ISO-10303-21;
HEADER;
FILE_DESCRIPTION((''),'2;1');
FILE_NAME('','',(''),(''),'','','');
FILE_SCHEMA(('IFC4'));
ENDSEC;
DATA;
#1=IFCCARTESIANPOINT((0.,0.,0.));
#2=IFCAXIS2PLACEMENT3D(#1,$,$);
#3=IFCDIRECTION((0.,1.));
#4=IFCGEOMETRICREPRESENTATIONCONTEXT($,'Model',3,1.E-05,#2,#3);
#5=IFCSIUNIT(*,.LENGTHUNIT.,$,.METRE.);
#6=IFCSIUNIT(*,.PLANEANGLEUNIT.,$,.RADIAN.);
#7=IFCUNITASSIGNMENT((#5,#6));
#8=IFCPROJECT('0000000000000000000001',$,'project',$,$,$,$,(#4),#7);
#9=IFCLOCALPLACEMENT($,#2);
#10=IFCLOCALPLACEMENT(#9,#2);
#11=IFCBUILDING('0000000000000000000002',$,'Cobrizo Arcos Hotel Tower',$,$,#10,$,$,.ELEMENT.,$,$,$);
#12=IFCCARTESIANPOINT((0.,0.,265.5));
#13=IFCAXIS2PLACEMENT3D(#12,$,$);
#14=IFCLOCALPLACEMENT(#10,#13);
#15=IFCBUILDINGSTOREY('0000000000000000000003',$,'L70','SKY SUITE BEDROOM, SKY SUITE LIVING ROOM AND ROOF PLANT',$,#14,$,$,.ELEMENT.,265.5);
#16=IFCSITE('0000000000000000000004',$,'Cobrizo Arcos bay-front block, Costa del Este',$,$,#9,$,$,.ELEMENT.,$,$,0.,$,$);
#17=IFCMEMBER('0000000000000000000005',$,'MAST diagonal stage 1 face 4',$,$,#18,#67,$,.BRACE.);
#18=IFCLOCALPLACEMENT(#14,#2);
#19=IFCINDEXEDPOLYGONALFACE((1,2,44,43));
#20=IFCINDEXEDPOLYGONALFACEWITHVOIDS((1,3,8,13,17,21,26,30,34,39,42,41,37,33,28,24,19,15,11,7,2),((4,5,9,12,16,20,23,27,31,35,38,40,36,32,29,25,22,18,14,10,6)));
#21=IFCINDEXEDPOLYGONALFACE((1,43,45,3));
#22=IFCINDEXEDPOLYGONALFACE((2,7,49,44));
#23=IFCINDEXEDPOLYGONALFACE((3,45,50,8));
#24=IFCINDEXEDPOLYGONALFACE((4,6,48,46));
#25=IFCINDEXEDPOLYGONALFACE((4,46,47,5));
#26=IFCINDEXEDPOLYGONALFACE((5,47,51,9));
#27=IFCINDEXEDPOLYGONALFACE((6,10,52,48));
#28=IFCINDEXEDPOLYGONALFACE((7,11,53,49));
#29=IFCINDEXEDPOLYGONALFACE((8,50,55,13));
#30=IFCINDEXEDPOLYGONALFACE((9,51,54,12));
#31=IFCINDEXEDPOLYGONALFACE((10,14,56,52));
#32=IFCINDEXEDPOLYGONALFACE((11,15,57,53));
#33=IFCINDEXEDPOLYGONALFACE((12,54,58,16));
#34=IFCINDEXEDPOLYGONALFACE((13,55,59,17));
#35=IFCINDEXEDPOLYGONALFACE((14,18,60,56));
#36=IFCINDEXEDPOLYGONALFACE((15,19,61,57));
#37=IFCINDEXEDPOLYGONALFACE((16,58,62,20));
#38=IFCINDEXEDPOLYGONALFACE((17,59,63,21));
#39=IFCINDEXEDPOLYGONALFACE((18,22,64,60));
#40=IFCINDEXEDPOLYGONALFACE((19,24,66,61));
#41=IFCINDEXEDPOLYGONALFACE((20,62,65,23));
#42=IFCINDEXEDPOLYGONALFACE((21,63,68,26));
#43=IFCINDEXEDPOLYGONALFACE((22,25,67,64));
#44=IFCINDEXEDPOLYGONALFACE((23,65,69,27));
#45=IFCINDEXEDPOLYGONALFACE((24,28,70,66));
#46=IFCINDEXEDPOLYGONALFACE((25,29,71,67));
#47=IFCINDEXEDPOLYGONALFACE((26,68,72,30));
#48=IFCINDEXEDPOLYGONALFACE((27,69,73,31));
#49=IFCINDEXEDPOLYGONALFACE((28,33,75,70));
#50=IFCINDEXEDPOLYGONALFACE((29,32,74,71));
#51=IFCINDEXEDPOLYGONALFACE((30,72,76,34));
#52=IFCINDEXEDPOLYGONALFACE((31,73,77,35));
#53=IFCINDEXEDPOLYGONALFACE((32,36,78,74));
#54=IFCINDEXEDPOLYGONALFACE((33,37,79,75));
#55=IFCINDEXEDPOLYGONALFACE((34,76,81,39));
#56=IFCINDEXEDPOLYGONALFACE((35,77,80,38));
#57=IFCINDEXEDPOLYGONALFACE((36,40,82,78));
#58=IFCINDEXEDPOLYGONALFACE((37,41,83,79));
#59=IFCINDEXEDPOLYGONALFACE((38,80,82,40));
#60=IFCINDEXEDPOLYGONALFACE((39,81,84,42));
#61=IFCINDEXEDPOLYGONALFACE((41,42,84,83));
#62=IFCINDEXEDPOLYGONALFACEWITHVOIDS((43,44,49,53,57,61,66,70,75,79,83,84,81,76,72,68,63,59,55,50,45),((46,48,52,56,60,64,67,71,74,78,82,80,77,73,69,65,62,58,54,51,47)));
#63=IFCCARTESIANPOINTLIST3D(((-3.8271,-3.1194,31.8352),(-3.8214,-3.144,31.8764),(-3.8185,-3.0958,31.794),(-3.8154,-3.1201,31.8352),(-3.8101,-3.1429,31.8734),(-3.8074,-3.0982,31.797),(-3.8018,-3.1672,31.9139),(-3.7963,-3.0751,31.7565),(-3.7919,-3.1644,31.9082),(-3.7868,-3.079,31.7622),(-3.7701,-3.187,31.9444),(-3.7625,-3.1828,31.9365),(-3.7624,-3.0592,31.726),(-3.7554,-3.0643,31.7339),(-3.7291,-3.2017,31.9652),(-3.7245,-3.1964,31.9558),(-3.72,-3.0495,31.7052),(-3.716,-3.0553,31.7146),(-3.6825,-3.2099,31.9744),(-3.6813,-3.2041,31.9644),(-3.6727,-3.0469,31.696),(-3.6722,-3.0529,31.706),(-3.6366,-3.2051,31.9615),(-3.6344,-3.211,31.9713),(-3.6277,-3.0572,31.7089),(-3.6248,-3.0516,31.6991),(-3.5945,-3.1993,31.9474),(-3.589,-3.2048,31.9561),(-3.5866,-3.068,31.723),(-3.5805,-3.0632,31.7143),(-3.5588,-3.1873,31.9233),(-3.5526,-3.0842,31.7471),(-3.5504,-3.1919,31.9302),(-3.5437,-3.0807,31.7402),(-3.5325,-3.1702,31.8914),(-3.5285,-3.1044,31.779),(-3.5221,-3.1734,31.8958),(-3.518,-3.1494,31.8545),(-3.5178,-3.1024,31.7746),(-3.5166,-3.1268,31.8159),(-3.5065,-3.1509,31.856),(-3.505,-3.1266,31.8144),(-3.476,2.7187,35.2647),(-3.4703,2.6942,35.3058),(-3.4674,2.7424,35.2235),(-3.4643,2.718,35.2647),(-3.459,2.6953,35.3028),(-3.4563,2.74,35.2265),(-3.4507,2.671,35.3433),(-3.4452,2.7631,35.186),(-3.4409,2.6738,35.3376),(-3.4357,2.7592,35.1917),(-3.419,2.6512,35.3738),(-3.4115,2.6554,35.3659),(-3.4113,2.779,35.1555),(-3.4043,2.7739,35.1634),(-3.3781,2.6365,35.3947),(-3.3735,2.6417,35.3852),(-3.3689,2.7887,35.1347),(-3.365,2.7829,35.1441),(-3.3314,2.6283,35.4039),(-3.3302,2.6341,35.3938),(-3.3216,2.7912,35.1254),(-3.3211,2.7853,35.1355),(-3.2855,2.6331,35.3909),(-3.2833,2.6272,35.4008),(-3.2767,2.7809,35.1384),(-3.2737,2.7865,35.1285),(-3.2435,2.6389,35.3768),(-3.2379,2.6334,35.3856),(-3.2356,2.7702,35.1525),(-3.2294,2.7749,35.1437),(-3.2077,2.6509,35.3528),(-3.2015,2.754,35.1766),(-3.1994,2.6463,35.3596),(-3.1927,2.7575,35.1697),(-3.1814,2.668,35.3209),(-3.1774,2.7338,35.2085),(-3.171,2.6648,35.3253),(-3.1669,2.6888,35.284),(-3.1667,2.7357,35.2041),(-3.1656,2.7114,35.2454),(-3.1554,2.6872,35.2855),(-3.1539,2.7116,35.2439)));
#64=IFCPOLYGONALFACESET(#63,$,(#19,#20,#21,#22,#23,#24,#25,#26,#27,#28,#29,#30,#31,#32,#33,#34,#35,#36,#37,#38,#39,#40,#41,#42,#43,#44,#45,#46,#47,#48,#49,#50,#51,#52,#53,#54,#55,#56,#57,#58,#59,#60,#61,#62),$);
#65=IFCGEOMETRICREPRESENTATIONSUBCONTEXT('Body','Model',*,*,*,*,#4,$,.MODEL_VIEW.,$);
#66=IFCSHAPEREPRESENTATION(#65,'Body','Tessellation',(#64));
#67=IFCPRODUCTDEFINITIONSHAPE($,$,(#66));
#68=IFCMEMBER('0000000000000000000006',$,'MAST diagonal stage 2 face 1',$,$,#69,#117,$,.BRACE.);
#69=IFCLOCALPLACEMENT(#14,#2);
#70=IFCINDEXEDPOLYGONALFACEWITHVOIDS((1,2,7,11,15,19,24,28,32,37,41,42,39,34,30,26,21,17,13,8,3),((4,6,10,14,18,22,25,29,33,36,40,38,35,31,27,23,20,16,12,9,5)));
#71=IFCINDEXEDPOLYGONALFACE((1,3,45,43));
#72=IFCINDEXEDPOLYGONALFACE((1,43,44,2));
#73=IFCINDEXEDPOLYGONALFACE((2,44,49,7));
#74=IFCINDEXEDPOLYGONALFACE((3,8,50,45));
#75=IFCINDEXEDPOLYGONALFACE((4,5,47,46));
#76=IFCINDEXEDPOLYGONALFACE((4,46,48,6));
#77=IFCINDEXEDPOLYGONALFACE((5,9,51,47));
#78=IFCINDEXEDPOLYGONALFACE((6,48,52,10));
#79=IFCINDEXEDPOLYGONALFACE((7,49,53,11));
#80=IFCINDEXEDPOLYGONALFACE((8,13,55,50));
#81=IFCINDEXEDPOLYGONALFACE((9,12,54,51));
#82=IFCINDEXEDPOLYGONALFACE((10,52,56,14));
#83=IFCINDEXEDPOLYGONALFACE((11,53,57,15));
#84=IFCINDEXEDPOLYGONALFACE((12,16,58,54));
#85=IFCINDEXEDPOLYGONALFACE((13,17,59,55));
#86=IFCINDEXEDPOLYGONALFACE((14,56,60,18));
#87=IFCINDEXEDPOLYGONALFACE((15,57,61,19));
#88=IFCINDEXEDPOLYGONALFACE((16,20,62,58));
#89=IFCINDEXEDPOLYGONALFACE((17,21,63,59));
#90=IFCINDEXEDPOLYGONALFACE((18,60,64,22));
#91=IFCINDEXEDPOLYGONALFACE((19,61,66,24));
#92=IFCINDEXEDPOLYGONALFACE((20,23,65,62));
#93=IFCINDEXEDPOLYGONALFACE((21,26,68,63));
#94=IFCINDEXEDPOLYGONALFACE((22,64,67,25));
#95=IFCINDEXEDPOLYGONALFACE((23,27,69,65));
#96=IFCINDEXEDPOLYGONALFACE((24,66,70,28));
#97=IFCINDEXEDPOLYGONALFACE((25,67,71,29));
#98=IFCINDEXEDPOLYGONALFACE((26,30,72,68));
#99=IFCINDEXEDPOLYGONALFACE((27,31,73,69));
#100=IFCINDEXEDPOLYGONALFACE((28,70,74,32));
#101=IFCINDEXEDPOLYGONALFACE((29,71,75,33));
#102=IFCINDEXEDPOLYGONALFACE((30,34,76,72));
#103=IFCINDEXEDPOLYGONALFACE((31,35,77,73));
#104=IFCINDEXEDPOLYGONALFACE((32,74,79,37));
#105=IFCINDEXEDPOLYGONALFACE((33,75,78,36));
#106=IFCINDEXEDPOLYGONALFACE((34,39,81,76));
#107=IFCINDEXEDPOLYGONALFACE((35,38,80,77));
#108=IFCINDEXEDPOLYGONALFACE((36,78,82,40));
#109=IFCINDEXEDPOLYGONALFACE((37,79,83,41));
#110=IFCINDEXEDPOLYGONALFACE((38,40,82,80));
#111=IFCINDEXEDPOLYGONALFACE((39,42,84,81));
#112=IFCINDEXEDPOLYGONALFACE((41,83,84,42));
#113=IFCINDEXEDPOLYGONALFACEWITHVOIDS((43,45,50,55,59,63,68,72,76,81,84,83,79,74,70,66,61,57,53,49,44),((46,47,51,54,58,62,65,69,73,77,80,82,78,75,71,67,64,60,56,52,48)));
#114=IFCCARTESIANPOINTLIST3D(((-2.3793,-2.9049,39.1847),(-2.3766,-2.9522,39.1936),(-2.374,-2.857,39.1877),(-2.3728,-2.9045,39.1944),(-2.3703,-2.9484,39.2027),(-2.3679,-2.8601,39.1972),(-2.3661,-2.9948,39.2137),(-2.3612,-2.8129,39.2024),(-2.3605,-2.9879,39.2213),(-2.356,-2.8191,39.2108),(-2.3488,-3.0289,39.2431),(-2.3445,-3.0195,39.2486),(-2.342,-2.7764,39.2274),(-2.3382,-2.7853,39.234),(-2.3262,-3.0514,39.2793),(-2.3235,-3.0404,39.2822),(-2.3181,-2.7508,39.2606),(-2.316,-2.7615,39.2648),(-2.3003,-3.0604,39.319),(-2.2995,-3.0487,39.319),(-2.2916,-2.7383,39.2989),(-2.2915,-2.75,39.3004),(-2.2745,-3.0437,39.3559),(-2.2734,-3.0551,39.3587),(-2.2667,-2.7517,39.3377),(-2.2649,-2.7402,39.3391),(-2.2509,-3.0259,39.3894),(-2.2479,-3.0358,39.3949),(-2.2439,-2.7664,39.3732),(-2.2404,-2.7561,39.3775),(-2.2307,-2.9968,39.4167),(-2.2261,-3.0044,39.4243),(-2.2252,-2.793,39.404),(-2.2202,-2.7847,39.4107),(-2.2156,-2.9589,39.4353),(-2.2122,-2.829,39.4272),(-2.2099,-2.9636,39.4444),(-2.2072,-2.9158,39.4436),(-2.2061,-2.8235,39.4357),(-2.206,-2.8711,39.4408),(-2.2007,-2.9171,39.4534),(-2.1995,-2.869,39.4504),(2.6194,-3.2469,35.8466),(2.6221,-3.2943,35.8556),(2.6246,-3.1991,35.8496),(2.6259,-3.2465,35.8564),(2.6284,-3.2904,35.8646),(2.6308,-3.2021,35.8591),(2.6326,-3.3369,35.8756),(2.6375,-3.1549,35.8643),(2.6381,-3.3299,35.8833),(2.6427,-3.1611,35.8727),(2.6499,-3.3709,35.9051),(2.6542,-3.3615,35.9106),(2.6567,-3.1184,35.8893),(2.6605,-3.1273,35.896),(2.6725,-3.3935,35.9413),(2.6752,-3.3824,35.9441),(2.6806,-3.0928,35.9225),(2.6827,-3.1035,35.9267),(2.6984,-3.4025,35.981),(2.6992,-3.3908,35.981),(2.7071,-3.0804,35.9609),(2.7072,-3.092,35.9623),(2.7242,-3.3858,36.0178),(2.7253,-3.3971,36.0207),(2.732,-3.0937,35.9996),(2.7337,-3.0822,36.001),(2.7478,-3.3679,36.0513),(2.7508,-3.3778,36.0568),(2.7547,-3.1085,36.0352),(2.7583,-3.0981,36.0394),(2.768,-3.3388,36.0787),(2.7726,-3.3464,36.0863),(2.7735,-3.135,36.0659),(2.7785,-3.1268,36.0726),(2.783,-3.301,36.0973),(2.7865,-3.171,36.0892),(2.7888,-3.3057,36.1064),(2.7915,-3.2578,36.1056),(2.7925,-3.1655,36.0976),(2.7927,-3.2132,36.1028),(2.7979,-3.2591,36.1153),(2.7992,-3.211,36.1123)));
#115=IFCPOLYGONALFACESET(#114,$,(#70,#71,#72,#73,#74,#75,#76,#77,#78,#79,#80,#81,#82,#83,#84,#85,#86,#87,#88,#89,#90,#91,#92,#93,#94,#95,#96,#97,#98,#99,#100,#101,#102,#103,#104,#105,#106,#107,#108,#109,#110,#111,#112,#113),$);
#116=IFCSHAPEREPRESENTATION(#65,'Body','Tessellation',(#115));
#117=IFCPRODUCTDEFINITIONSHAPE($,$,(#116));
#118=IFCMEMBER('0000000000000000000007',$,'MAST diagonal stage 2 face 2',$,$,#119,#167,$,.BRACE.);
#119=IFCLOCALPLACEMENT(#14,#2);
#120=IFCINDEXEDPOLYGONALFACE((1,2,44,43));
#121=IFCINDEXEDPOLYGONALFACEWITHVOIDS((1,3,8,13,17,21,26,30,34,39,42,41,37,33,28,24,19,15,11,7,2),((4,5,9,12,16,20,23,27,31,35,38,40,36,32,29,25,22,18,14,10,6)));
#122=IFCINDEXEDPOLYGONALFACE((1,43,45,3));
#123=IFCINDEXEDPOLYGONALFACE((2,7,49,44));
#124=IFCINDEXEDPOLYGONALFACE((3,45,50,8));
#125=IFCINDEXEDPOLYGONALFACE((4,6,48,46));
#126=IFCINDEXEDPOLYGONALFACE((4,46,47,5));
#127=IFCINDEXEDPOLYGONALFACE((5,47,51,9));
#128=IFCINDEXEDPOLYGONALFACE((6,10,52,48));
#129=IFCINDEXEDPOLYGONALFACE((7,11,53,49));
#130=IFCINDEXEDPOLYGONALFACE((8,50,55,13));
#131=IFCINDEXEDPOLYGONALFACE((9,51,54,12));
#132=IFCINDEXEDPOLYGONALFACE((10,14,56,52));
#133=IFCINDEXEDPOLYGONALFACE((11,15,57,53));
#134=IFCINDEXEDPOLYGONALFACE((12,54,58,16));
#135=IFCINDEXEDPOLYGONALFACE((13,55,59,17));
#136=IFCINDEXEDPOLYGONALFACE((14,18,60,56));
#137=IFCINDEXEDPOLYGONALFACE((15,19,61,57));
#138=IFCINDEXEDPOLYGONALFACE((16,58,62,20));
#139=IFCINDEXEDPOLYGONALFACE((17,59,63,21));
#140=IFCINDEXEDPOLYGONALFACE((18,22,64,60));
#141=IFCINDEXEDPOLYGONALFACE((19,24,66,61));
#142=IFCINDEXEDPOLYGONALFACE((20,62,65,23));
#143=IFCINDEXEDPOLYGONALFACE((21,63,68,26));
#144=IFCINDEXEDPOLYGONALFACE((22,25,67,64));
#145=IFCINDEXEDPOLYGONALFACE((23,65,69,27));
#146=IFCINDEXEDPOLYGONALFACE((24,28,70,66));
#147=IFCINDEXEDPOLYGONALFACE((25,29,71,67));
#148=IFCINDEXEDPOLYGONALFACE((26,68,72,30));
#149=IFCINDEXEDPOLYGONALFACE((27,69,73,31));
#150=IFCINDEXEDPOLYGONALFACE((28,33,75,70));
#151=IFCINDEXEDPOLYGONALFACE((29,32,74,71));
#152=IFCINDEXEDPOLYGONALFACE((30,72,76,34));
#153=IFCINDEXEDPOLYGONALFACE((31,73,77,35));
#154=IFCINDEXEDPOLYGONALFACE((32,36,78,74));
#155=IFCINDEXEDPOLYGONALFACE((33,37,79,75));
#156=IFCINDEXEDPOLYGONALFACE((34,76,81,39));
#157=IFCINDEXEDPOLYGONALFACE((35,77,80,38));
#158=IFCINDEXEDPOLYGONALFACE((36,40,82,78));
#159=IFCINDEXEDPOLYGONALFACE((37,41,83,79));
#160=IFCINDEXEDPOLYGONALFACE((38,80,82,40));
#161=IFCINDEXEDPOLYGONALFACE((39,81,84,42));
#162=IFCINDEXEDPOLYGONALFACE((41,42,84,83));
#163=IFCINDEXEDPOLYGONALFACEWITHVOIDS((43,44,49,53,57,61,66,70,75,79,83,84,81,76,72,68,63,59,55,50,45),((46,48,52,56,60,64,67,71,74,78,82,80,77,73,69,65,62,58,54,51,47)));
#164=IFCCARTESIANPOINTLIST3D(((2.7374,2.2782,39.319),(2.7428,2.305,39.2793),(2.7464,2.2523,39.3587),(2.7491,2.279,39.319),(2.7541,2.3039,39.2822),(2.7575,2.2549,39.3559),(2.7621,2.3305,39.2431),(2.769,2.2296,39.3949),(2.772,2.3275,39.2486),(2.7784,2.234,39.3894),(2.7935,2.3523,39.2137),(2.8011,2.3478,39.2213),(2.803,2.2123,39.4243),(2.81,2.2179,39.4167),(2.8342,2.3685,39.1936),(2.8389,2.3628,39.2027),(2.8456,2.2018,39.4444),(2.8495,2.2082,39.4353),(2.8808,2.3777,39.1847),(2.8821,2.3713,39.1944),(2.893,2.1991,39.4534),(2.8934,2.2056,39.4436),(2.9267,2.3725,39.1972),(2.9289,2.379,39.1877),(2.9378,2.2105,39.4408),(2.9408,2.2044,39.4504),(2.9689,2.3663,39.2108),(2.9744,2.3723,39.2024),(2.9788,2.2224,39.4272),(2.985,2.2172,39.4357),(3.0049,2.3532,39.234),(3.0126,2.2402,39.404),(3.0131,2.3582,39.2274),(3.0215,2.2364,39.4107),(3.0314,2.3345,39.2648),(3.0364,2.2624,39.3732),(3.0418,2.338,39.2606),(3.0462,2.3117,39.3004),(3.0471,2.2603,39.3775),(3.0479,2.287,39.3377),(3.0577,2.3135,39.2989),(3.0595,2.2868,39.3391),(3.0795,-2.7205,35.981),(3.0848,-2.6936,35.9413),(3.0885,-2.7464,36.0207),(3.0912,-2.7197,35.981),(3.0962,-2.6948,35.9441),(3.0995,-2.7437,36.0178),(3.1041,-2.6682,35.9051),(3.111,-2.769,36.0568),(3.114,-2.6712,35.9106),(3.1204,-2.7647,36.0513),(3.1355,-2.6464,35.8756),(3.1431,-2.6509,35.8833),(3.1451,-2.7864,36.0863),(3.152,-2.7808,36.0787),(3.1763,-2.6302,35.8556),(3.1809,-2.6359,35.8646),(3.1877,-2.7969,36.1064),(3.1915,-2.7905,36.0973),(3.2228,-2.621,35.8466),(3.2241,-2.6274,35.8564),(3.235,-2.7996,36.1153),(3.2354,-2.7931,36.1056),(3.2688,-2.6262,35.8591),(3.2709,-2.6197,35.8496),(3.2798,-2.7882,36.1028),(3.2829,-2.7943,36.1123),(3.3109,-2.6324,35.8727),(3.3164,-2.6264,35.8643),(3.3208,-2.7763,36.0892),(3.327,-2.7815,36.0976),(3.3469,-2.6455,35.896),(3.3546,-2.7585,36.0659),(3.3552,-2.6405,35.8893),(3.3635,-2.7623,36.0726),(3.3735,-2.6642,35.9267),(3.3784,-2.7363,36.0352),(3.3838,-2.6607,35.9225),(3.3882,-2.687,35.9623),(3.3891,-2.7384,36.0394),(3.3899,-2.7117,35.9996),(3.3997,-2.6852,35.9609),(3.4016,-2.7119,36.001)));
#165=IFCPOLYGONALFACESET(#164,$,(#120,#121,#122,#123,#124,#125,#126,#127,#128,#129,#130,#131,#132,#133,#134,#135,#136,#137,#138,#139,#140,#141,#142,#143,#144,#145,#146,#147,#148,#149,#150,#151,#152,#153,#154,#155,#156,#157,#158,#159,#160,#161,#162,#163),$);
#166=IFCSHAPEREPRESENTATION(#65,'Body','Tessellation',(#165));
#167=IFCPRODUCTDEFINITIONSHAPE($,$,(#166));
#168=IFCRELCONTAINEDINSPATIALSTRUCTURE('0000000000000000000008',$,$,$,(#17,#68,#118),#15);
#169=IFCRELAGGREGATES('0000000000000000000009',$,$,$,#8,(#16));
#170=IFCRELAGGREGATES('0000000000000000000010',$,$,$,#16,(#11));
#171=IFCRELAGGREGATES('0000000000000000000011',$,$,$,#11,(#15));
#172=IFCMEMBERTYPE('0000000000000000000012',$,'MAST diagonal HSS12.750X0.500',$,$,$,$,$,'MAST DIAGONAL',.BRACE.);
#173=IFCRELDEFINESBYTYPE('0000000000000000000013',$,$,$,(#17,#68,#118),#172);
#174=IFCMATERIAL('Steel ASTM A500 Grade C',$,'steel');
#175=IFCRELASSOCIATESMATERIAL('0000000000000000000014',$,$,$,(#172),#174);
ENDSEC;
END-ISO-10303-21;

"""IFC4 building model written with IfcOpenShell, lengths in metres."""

from ifc_helpers import new_model, si_unit, direction, frame, origin, origin_2d, place, context, subcontext, project, spatial, hollow_circle, extrude, material, material_profile, profile_set, type_object, element, save


model = new_model("IFC4")

# Units and contexts
model_context = context("Model", 3, precision=1e-05, world=origin(), true_north=direction((0.0, 1.0)))
body_context = subcontext(model_context, "Body", "Model", "MODEL_VIEW")
ifc_project = project(units=[si_unit("LENGTHUNIT", "METRE"), si_unit("PLANEANGLEUNIT", "RADIAN")], contexts=[model_context])

# Site, building, storey
site_placement = place(None, origin())
site = spatial("IfcSite", under=ifc_project, at=site_placement, Name="Cobrizo Arcos bay-front block, Costa del Este", CompositionType="ELEMENT", RefElevation=0.0)
building_placement = place(site_placement, origin())
building = spatial("IfcBuilding", under=site, at=building_placement, Name="Cobrizo Arcos Hotel Tower", CompositionType="ELEMENT")
storey_placement = place(building_placement, frame((0.0, 0.0, 265.5)))
storey = spatial("IfcBuildingStorey", under=building, at=storey_placement, Name="L70", Description="SKY SUITE BEDROOM, SKY SUITE LIVING ROOM AND ROOF PLANT", CompositionType="ELEMENT", Elevation=265.5)

# Members
ifc_material_1 = material(Name="Steel ASTM A500 Grade C", Category="steel")
ifc_material_profile_1 = material_profile(ifc_material_1, hollow_circle(Radius=0.1619, WallThickness=0.0117, at=origin_2d()), Name="HSS12.750X0.500")
ifc_profile_set_1 = profile_set([ifc_material_profile_1], Name="Steel ASTM A500 Grade C")
member_type_1 = type_object("IfcMemberType", Name="MAST diagonal HSS12.750X0.500", ElementType="MAST DIAGONAL", PredefinedType="BRACE", material=ifc_profile_set_1)
for number, where, z_axis, x_axis, name in (
    (1, (-3.6655, -3.1292, 31.8352), (0.051781, 0.861084, 0.505819), (-0.998197, 0.060026, 0.0), "MAST diagonal stage 1 face 4"),
):
    element("IfcMember", number, at=place(storey_placement, frame(where, z_axis=z_axis, x_axis=x_axis)), inside=storey, type_object=member_type_1, Name=name, PredefinedType="BRACE", context=body_context, shape_type="SweptSolid", body=[
        extrude(hollow_circle(Radius=0.1619, WallThickness=0.0117, at=origin_2d()), origin(), (0.0, 0.0, 1.0), 6.78),
    ])
for number, where, z_axis, x_axis, name in (
    (2, (2.7095, -3.241, 35.981), (-0.830276, 0.056812, 0.55445), (-0.068265, -0.997667, 0.0), "MAST diagonal stage 2 face 1"),
    (3, (3.241, -2.7095, 35.981), (-0.056812, 0.830276, 0.55445), (-0.997667, -0.068265, 0.0), "MAST diagonal stage 2 face 2"),
):
    element("IfcMember", number, at=place(storey_placement, frame(where, z_axis=z_axis, x_axis=x_axis)), inside=storey, type_object=member_type_1, Name=name, PredefinedType="BRACE", context=body_context, shape_type="SweptSolid", body=[
        extrude(hollow_circle(Radius=0.1619, WallThickness=0.0117, at=origin_2d()), origin(), (0.0, 0.0, 1.0), 6.0205),
    ])

save(model, "model.ifc")
